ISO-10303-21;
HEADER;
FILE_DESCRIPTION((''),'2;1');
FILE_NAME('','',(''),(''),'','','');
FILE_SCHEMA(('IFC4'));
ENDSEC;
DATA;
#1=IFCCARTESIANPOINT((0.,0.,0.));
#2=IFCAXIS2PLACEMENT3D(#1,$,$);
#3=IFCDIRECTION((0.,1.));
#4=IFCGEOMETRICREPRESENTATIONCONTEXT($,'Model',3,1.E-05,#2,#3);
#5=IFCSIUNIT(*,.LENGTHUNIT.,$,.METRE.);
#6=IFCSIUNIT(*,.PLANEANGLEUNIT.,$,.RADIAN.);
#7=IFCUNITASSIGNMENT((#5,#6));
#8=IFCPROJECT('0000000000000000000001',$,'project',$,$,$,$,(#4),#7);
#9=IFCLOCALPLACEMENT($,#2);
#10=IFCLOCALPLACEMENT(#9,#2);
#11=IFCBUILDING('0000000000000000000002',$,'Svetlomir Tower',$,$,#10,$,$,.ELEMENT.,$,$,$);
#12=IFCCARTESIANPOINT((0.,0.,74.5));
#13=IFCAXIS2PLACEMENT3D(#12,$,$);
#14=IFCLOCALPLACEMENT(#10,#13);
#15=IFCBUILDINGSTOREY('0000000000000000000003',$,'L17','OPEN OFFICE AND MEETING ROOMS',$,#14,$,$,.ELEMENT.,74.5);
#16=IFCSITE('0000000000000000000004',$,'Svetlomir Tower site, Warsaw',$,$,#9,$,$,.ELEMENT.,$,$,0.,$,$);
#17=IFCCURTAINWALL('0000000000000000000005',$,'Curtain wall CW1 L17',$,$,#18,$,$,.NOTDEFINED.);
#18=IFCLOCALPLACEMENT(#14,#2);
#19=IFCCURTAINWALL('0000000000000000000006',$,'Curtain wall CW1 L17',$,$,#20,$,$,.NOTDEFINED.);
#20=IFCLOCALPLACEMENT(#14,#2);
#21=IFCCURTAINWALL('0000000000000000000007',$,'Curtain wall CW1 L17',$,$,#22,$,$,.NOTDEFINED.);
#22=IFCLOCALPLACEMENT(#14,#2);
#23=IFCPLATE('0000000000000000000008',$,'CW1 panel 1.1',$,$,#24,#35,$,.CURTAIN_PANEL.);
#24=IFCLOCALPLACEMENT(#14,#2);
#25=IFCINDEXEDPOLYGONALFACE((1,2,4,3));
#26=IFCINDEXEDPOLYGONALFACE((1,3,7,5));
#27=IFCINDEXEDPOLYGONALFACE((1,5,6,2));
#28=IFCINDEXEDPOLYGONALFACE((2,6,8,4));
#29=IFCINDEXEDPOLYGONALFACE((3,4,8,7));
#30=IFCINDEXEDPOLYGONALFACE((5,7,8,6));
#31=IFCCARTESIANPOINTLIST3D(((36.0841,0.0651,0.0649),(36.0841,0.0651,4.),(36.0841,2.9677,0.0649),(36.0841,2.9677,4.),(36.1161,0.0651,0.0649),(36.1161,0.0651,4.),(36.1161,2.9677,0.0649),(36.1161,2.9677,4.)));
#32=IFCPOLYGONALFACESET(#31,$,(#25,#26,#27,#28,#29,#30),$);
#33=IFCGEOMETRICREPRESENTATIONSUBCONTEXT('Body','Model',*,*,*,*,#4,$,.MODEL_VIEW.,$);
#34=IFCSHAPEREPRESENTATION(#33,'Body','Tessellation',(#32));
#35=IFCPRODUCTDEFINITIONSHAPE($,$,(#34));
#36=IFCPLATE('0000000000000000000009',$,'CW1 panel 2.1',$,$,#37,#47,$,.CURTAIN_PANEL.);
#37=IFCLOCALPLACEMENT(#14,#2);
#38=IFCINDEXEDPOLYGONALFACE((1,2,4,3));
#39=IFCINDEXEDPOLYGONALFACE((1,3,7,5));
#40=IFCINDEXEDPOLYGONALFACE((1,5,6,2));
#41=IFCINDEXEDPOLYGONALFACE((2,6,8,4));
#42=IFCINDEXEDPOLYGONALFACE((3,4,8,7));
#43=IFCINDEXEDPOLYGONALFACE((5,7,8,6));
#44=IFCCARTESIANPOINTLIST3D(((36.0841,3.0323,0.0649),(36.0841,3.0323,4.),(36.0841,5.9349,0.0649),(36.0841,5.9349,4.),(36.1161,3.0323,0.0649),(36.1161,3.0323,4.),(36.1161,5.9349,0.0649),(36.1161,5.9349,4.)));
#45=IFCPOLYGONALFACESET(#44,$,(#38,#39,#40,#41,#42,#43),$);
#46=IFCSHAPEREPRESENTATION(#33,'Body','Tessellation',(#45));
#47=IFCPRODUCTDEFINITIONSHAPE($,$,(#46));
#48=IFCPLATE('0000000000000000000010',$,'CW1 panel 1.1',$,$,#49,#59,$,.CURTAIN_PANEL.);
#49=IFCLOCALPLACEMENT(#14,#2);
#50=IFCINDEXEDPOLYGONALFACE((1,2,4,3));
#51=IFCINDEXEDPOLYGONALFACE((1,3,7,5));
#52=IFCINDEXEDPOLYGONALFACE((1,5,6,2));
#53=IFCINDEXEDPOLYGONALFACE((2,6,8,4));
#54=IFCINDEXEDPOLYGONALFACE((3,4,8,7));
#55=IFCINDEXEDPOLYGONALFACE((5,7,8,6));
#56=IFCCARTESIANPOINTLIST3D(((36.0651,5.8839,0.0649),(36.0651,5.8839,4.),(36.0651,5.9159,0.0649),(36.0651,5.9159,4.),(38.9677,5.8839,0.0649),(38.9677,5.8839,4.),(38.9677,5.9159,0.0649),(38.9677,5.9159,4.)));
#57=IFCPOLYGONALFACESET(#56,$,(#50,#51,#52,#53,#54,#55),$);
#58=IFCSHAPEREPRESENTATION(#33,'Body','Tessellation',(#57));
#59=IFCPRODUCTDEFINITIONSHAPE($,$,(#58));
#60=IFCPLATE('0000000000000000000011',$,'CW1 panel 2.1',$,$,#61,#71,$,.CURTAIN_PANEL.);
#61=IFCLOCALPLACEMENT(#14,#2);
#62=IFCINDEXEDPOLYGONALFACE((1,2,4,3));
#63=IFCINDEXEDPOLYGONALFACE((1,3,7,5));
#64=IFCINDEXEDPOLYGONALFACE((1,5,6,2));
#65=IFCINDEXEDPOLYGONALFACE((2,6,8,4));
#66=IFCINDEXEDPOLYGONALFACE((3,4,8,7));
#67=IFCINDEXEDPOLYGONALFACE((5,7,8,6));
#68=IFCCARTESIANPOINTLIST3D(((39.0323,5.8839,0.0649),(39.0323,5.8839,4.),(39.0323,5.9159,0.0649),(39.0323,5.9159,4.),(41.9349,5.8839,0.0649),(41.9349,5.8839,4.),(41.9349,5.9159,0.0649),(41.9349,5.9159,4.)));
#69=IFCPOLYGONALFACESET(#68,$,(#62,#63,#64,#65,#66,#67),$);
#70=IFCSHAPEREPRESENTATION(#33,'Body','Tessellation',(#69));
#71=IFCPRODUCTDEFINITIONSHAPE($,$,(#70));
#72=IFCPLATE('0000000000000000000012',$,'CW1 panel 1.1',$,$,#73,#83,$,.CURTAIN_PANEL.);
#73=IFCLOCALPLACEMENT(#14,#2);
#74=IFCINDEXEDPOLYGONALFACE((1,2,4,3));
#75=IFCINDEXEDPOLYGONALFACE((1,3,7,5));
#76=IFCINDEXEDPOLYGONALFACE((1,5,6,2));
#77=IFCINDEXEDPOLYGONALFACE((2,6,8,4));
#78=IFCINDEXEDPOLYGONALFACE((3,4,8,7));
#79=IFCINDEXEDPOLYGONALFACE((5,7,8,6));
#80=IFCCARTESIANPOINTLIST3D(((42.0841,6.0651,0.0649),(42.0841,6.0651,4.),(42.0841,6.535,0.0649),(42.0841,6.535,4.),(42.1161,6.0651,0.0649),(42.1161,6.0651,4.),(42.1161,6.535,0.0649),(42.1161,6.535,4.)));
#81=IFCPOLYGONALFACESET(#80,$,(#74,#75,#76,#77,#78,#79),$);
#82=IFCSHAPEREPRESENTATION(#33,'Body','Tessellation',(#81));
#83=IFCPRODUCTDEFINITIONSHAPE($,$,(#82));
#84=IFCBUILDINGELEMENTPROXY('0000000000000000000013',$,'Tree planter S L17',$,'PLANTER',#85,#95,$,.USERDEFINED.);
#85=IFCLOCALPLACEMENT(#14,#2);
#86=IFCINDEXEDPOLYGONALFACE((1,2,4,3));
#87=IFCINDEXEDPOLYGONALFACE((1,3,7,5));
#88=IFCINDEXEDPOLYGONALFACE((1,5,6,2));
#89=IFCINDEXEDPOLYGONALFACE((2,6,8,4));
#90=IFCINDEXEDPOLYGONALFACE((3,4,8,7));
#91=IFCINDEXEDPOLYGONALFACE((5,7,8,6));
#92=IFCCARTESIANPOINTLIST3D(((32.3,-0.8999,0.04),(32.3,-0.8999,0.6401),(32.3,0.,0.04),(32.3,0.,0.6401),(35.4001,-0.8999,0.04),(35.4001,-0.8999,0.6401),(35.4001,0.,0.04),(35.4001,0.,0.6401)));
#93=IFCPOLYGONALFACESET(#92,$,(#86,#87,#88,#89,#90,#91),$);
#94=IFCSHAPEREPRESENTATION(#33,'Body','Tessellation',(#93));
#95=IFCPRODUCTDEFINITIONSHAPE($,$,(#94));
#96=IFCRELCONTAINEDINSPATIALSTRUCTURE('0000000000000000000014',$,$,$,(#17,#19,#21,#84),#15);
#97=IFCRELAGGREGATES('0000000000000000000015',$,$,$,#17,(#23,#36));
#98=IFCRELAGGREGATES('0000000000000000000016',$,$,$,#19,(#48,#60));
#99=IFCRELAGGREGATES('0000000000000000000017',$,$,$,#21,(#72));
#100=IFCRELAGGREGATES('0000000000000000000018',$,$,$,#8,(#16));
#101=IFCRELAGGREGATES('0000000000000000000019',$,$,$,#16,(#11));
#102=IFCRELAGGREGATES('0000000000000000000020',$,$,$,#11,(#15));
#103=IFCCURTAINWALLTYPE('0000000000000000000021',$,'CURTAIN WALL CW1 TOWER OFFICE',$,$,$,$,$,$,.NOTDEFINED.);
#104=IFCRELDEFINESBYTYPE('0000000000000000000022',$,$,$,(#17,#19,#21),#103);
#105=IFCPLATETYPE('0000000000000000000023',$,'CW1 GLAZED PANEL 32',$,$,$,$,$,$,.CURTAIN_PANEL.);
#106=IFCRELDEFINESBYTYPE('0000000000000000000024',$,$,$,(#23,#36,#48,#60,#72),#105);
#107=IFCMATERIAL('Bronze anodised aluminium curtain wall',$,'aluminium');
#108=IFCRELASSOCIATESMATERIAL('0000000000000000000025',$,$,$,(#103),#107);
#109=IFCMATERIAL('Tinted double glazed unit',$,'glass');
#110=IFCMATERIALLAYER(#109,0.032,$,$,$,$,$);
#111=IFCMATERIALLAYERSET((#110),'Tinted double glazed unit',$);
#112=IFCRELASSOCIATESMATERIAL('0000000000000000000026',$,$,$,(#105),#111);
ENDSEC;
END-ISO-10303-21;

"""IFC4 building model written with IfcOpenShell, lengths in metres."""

from ifc_helpers import new_model, si_unit, direction, frame, origin, origin_2d, place, context, subcontext, project, spatial, rectangle, extrude, material, layer, layer_set, type_object, element, aggregate, save


model = new_model("IFC4")

# Units and contexts
model_context = context("Model", 3, precision=1e-05, world=origin(), true_north=direction((0.0, 1.0)))
body_context = subcontext(model_context, "Body", "Model", "MODEL_VIEW")
ifc_project = project(units=[si_unit("LENGTHUNIT", "METRE"), si_unit("PLANEANGLEUNIT", "RADIAN")], contexts=[model_context])

# Site, building, storey
site_placement = place(None, origin())
site = spatial("IfcSite", under=ifc_project, at=site_placement, Name="Svetlomir Tower site, Warsaw", CompositionType="ELEMENT", RefElevation=0.0)
building_placement = place(site_placement, origin())
building = spatial("IfcBuilding", under=site, at=building_placement, Name="Svetlomir Tower", CompositionType="ELEMENT")
storey_placement = place(building_placement, frame((0.0, 0.0, 74.5)))
storey = spatial("IfcBuildingStorey", under=building, at=storey_placement, Name="L17", Description="OPEN OFFICE AND MEETING ROOMS", CompositionType="ELEMENT", Elevation=74.5)

# Curtain walls
ifc_material_1 = material(Name="Bronze anodised aluminium curtain wall", Category="aluminium")
curtain_wall_type = type_object("IfcCurtainWallType", Name="CURTAIN WALL CW1 TOWER OFFICE", PredefinedType="NOTDEFINED", material=ifc_material_1)
curtain_wall_1_placement = place(storey_placement, origin())
curtain_wall_1 = element("IfcCurtainWall", 1, at=curtain_wall_1_placement, inside=storey, type_object=curtain_wall_type, Name="Curtain wall CW1 L17", PredefinedType="NOTDEFINED")
curtain_wall_2_placement = place(storey_placement, origin())
curtain_wall_2 = element("IfcCurtainWall", 2, at=curtain_wall_2_placement, inside=storey, type_object=curtain_wall_type, Name="Curtain wall CW1 L17", PredefinedType="NOTDEFINED")

# Curtain wall
curtain_wall_3_placement = place(storey_placement, origin())
curtain_wall_3 = element("IfcCurtainWall", 3, at=curtain_wall_3_placement, inside=storey, type_object=curtain_wall_type, Name="Curtain wall CW1 L17", PredefinedType="NOTDEFINED")

# Plates
ifc_material_2 = material(Name="Tinted double glazed unit", Category="glass")
ifc_layer = layer(ifc_material_2, 0.032)
ifc_layer_set = layer_set([ifc_layer], Name="Tinted double glazed unit")
plate_type = type_object("IfcPlateType", Name="CW1 GLAZED PANEL 32", PredefinedType="CURTAIN_PANEL", material=ifc_layer_set)
plate_1_placement = place(storey_placement, frame((36.1001, 1.5164, 0.0649), z_axis=(0.0, 0.0, 1.0), x_axis=(0.0, 1.0, 0.0)))
plate_1 = element("IfcPlate", 4, at=plate_1_placement, type_object=plate_type, Name="CW1 panel 1.1", PredefinedType="CURTAIN_PANEL", context=body_context, shape_type="SweptSolid", body=[
    extrude(rectangle(XDim=2.9026, YDim=0.032, at=origin_2d()), origin(), (0.0, 0.0, 1.0), 3.9351),
])
plate_2_placement = place(storey_placement, frame((36.1001, 4.4836, 0.0649), z_axis=(0.0, 0.0, 1.0), x_axis=(0.0, 1.0, 0.0)))
plate_2 = element("IfcPlate", 5, at=plate_2_placement, type_object=plate_type, Name="CW1 panel 2.1", PredefinedType="CURTAIN_PANEL", context=body_context, shape_type="SweptSolid", body=[
    extrude(rectangle(XDim=2.9026, YDim=0.032, at=origin_2d()), origin(), (0.0, 0.0, 1.0), 3.9351),
])
aggregate(curtain_wall_1, [plate_1, plate_2])
plate_3_placement = place(storey_placement, frame((37.5164, 5.8999, 0.0649), z_axis=(0.0, 0.0, 1.0), x_axis=(1.0, 0.0, 0.0)))
plate_3 = element("IfcPlate", 6, at=plate_3_placement, type_object=plate_type, Name="CW1 panel 1.1", PredefinedType="CURTAIN_PANEL", context=body_context, shape_type="SweptSolid", body=[
    extrude(rectangle(XDim=2.9026, YDim=0.032, at=origin_2d()), origin(), (0.0, 0.0, 1.0), 3.9351),
])
plate_4_placement = place(storey_placement, frame((40.4836, 5.8999, 0.0649), z_axis=(0.0, 0.0, 1.0), x_axis=(1.0, 0.0, 0.0)))
plate_4 = element("IfcPlate", 7, at=plate_4_placement, type_object=plate_type, Name="CW1 panel 2.1", PredefinedType="CURTAIN_PANEL", context=body_context, shape_type="SweptSolid", body=[
    extrude(rectangle(XDim=2.9026, YDim=0.032, at=origin_2d()), origin(), (0.0, 0.0, 1.0), 3.9351),
])
aggregate(curtain_wall_2, [plate_3, plate_4])
plate_5_placement = place(storey_placement, frame((42.1001, 6.3, 0.0649), z_axis=(0.0, 0.0, 1.0), x_axis=(0.0, 1.0, 0.0)))
plate_5 = element("IfcPlate", 8, at=plate_5_placement, type_object=plate_type, Name="CW1 panel 1.1", PredefinedType="CURTAIN_PANEL", context=body_context, shape_type="SweptSolid", body=[
    extrude(rectangle(XDim=0.47, YDim=0.032, at=origin_2d()), origin(), (0.0, 0.0, 1.0), 3.9351),
])
aggregate(curtain_wall_3, [plate_5])

# Building element proxy
proxy_placement = place(storey_placement, frame((33.8501, -0.45, 0.04), z_axis=(0.0, 0.0, 1.0), x_axis=(1.0, 0.0, 0.0)))
element("IfcBuildingElementProxy", 9, at=proxy_placement, inside=storey, Name="Tree planter S L17", ObjectType="PLANTER", PredefinedType="USERDEFINED", context=body_context, shape_type="SweptSolid", body=[
    extrude(rectangle(XDim=3.1001, YDim=0.8999, at=origin_2d()), origin(), (0.0, 0.0, 1.0), 0.6001),
])

save(model, "model.ifc")
